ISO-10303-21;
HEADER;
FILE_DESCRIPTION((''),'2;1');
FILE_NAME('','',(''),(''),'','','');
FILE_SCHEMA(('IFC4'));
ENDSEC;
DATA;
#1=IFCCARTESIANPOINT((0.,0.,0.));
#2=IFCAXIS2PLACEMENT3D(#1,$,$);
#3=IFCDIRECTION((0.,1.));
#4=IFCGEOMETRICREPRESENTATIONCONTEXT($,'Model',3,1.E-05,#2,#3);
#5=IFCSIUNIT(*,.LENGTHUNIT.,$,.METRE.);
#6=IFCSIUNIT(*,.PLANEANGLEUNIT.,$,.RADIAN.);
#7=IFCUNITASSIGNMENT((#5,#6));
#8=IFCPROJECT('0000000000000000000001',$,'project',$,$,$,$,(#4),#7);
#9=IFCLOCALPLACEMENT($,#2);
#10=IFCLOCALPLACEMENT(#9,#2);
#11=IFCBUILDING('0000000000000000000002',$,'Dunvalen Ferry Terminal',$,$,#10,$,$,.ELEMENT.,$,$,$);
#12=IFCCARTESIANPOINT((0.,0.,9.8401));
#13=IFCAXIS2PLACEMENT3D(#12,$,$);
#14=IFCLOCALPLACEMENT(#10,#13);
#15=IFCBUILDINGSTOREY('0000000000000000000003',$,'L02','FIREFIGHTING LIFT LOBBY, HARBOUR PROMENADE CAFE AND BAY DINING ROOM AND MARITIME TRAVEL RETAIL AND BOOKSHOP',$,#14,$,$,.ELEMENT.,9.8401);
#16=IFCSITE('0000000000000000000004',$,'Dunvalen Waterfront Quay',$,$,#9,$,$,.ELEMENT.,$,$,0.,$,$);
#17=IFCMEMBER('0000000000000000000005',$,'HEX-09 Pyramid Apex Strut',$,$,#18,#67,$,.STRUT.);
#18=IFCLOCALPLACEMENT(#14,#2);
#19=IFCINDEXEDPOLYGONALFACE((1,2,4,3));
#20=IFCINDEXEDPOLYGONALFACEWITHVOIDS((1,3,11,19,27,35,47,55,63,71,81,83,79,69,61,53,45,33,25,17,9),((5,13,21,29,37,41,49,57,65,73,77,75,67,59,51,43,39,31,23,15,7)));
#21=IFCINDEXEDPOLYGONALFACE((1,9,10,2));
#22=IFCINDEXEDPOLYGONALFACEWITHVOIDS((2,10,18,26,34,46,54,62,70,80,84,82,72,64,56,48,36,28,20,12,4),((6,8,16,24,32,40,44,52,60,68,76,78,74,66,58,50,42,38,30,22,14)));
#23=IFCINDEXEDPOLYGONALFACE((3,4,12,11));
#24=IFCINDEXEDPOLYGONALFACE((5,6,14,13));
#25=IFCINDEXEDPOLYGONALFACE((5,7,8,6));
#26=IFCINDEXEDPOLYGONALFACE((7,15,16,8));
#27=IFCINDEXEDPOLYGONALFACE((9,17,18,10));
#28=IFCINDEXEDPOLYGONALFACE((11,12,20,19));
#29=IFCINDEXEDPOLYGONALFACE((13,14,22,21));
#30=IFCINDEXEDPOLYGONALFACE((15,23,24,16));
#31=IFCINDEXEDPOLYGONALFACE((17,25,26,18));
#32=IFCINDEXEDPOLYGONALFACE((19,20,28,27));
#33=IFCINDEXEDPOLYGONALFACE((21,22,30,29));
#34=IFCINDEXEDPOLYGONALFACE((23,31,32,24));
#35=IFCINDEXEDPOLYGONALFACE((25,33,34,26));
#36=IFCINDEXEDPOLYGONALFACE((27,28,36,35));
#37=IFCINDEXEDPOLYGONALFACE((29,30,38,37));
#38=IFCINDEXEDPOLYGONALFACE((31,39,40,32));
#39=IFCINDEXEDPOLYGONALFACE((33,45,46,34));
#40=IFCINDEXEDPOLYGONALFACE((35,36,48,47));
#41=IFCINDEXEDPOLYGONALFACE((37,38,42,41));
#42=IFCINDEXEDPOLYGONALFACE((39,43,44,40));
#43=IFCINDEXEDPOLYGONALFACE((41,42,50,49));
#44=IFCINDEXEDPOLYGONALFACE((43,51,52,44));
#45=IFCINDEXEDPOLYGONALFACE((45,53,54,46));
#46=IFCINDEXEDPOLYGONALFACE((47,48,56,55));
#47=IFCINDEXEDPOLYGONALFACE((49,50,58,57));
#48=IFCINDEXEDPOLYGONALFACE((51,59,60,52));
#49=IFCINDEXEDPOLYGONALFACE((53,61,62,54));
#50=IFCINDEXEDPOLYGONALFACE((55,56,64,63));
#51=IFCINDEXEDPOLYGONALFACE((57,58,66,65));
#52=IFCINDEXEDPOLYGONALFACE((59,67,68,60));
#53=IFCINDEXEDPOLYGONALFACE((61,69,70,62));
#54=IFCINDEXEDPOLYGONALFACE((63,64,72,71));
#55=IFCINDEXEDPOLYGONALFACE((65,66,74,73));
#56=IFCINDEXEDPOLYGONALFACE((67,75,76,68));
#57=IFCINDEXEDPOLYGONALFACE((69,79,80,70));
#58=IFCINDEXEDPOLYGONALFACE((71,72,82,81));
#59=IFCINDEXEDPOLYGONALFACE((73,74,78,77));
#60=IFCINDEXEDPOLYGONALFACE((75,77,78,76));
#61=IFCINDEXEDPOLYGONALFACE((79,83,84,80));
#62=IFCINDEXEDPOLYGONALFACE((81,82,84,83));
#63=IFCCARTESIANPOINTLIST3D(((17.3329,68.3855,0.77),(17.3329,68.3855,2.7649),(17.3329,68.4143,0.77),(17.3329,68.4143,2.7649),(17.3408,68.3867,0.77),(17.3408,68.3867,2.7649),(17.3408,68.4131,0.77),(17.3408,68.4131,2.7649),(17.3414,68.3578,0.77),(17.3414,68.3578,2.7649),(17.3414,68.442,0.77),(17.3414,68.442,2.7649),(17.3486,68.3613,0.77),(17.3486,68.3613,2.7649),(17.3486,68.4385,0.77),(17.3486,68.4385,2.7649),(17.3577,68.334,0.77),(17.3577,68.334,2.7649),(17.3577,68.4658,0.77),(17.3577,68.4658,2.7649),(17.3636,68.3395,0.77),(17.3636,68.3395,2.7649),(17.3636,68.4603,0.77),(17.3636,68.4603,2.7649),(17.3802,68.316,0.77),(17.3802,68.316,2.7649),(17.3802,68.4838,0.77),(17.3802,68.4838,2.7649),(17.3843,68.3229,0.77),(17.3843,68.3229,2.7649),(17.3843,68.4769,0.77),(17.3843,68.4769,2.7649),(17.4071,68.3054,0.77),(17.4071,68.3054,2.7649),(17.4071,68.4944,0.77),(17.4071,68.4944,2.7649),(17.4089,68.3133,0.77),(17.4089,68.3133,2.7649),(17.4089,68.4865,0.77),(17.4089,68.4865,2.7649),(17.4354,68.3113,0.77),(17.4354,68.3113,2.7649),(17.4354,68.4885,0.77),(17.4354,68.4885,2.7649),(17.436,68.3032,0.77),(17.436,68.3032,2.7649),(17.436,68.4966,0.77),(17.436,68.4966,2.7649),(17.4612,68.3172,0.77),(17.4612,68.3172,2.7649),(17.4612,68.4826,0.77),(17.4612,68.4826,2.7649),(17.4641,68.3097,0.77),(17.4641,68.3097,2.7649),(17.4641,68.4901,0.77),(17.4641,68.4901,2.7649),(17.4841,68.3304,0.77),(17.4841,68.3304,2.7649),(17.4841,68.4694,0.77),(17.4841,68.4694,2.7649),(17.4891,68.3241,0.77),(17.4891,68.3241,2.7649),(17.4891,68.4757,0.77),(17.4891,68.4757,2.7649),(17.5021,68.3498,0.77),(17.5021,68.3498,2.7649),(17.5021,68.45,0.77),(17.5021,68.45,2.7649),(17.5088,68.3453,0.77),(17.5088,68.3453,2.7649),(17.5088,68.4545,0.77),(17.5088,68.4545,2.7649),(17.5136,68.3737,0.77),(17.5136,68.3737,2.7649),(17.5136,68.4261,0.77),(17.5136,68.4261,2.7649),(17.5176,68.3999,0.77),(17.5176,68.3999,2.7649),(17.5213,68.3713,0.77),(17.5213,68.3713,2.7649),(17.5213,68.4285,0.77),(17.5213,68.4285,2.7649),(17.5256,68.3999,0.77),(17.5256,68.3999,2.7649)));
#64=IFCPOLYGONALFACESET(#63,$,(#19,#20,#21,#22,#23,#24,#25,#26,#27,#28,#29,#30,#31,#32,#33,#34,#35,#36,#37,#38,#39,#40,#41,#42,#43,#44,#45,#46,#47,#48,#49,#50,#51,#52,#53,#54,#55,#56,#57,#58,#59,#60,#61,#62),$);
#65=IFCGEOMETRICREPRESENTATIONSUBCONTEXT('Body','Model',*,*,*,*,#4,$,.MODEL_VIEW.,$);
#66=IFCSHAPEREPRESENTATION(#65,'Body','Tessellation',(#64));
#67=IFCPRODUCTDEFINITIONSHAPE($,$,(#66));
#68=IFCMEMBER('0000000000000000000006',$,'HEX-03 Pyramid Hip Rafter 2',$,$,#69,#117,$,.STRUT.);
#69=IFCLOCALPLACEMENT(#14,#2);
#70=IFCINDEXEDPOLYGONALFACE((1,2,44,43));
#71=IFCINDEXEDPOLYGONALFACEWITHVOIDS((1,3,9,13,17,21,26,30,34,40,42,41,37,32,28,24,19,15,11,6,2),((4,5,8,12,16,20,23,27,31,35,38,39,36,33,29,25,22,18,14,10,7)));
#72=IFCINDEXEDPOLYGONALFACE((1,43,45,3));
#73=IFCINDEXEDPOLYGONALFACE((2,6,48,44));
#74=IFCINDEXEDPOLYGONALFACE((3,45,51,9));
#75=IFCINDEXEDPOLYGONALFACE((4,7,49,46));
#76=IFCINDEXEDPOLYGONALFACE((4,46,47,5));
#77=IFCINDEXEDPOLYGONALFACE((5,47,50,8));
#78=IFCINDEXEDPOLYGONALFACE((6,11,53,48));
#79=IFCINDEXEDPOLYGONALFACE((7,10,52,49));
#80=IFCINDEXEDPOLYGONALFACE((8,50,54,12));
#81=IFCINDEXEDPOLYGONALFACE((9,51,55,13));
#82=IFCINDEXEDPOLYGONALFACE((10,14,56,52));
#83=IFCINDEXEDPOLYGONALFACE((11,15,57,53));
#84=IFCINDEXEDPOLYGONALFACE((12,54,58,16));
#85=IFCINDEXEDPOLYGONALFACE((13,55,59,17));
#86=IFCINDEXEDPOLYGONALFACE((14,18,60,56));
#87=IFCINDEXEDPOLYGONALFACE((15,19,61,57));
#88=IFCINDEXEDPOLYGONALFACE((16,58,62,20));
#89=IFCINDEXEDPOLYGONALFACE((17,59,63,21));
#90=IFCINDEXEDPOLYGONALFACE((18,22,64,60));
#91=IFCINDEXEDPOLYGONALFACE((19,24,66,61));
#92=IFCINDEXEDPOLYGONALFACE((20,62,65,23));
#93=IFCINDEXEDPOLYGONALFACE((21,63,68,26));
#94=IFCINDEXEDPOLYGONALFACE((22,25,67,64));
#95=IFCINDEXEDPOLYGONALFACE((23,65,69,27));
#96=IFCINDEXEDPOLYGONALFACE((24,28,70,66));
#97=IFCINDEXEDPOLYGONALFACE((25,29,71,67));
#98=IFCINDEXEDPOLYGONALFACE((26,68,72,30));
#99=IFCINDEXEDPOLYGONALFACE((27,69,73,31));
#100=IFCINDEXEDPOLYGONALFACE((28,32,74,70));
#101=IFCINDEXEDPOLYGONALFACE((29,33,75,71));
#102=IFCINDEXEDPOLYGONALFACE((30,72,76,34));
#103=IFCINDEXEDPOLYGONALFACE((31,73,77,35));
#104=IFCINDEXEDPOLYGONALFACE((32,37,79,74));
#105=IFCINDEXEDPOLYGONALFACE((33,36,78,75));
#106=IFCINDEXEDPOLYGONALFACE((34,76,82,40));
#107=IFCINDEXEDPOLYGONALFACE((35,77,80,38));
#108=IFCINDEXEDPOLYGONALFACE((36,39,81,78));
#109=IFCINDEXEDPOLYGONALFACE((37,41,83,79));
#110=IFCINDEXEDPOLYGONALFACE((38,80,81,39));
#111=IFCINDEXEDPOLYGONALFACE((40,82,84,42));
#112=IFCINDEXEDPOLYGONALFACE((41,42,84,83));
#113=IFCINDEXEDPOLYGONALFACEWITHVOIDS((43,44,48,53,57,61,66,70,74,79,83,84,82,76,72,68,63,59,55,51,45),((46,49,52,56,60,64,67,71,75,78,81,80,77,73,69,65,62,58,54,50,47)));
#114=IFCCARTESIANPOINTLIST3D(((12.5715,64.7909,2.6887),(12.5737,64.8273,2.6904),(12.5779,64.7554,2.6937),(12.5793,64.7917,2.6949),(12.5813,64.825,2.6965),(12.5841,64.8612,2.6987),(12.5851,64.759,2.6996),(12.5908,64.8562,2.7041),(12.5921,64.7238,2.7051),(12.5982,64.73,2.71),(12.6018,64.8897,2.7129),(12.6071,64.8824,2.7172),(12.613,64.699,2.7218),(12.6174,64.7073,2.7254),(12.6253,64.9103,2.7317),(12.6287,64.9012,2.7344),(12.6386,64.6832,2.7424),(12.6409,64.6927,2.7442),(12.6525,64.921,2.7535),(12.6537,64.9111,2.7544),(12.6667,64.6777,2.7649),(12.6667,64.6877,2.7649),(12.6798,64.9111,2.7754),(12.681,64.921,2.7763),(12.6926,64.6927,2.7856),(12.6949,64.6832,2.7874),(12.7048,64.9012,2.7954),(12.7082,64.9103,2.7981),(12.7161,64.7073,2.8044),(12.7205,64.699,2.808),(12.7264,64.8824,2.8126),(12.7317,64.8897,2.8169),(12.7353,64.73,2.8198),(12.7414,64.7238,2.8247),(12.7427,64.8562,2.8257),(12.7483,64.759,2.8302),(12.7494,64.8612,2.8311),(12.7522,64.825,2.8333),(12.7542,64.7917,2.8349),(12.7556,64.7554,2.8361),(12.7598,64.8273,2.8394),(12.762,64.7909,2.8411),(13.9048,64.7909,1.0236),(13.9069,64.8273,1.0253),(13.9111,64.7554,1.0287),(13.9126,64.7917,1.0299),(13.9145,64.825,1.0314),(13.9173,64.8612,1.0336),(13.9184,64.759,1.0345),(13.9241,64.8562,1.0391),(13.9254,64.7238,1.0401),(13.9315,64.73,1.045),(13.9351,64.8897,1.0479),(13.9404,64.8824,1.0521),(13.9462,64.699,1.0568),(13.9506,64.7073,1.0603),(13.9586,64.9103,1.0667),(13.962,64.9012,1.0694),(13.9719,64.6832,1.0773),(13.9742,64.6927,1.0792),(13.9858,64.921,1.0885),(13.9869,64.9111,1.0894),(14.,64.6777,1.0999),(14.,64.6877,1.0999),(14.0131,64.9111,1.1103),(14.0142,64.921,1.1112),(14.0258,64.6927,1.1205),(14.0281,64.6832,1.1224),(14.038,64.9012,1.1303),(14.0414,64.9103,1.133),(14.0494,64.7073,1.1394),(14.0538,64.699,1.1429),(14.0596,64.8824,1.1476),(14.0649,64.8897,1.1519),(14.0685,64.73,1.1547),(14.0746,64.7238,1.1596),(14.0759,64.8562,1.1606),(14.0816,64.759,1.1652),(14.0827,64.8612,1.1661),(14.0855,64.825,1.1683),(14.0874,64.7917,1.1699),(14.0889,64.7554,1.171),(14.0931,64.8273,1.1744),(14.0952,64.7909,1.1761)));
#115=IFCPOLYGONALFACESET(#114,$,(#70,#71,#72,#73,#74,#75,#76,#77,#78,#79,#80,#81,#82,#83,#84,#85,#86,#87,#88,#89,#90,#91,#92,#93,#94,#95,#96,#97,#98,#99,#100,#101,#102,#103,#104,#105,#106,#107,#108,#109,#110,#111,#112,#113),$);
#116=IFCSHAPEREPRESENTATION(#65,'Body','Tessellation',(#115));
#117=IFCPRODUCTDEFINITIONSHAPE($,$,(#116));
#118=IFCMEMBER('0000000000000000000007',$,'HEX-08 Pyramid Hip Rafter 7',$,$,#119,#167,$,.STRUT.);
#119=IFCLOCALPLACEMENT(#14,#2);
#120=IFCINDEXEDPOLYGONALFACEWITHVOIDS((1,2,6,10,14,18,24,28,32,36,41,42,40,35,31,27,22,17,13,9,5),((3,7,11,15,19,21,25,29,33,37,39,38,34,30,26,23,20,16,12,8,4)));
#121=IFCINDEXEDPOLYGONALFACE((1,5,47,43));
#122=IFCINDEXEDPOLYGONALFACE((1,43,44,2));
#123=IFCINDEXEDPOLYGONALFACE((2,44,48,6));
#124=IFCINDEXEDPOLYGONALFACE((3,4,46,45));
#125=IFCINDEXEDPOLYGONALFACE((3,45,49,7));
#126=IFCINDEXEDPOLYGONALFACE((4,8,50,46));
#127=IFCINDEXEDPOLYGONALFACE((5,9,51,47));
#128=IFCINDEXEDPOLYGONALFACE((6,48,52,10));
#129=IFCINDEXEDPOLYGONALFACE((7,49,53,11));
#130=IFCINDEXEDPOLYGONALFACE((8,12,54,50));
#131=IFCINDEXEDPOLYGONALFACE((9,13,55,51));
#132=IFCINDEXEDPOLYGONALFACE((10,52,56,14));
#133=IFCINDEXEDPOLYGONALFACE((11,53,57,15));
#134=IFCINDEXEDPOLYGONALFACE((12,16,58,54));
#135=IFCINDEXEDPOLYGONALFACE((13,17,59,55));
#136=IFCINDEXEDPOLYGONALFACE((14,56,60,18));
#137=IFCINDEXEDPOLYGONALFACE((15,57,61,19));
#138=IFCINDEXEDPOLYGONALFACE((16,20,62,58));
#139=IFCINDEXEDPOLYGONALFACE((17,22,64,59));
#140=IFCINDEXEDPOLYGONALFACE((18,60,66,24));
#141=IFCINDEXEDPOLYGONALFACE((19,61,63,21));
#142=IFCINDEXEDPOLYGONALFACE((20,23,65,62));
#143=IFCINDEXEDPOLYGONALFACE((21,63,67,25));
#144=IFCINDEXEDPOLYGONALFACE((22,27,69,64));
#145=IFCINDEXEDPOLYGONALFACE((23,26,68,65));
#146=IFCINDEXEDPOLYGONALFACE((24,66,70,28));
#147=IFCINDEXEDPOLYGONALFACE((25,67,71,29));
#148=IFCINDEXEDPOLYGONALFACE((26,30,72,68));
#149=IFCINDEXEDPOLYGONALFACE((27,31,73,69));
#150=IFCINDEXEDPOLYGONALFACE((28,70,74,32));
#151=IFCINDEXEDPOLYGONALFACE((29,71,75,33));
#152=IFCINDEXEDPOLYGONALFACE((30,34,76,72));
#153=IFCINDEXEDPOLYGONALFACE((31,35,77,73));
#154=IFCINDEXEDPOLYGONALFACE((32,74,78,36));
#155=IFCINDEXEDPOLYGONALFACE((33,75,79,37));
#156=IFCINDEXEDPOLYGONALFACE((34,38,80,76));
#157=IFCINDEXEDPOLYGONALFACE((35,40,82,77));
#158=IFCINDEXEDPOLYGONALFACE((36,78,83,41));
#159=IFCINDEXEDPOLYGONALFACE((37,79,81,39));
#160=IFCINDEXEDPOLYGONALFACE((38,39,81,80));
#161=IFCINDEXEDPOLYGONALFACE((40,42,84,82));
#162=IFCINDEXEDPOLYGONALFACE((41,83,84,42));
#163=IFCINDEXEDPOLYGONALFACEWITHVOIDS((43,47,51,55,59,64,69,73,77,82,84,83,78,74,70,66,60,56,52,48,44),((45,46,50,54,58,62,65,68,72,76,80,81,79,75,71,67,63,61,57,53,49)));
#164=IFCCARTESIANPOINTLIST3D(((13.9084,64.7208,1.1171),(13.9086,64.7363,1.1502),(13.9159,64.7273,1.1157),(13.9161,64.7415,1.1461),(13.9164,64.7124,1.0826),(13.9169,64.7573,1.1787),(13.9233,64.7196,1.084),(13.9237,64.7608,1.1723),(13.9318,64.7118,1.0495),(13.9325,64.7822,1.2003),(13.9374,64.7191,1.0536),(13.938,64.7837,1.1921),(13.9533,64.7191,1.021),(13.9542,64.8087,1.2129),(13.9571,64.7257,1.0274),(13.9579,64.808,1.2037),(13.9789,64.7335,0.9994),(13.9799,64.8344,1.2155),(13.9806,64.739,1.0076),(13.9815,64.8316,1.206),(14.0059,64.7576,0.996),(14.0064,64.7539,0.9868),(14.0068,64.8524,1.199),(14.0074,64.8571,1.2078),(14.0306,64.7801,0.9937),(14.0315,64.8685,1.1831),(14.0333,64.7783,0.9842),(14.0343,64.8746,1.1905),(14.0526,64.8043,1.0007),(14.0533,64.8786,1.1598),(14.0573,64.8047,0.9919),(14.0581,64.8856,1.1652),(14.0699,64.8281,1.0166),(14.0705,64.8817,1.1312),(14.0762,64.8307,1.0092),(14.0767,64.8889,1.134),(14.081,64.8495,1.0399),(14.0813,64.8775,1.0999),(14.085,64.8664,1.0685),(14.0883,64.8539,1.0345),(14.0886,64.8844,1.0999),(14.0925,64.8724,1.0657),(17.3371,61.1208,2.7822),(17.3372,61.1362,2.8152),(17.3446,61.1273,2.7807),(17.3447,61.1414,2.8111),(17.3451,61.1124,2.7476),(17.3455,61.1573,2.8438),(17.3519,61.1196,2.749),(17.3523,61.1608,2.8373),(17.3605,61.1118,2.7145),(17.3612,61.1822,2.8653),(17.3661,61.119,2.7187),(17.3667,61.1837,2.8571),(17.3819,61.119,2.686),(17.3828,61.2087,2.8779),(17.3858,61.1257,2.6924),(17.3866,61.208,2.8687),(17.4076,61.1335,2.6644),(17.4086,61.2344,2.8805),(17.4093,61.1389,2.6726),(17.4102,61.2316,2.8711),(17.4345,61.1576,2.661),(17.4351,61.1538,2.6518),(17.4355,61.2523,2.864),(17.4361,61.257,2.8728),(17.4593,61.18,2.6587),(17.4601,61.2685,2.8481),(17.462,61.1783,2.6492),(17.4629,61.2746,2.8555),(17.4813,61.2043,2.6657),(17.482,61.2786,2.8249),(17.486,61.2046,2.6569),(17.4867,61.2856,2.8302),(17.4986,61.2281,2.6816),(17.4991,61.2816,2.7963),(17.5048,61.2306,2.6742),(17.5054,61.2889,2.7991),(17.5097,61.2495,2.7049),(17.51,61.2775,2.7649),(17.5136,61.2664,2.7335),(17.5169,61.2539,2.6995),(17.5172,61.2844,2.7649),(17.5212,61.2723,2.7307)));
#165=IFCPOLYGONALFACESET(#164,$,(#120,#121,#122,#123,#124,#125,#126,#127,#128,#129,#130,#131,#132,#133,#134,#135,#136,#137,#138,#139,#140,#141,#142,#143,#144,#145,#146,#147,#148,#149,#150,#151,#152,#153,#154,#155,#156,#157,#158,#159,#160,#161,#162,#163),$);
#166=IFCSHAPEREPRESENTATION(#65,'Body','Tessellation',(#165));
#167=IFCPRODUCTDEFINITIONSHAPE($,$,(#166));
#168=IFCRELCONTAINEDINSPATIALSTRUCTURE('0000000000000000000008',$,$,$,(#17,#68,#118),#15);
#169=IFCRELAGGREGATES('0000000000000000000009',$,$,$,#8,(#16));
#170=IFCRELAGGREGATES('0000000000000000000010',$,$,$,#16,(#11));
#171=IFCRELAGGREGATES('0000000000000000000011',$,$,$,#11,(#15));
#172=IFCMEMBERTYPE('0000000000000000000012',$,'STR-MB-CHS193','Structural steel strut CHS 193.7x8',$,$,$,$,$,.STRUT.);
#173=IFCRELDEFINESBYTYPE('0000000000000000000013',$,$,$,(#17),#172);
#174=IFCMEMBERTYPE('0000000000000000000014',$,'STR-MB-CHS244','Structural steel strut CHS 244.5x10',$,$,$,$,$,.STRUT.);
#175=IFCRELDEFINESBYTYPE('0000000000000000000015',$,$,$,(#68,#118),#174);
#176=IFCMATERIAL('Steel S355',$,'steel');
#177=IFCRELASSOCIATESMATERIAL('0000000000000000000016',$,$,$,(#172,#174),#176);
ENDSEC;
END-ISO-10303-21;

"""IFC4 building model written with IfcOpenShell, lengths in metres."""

from ifc_helpers import new_model, si_unit, direction, frame, origin, origin_2d, place, context, subcontext, project, spatial, hollow_circle, extrude, material, material_profile, profile_set, type_object, element, save


model = new_model("IFC4")

# Units and contexts
model_context = context("Model", 3, precision=1e-05, world=origin(), true_north=direction((0.0, 1.0)))
body_context = subcontext(model_context, "Body", "Model", "MODEL_VIEW")
ifc_project = project(units=[si_unit("LENGTHUNIT", "METRE"), si_unit("PLANEANGLEUNIT", "RADIAN")], contexts=[model_context])

# Site, building, storey
site_placement = place(None, origin())
site = spatial("IfcSite", under=ifc_project, at=site_placement, Name="Dunvalen Waterfront Quay", CompositionType="ELEMENT", RefElevation=0.0)
building_placement = place(site_placement, origin())
building = spatial("IfcBuilding", under=site, at=building_placement, Name="Dunvalen Ferry Terminal", CompositionType="ELEMENT")
storey_placement = place(building_placement, frame((0.0, 0.0, 9.8401)))
storey = spatial("IfcBuildingStorey", under=building, at=storey_placement, Name="L02", Description="FIREFIGHTING LIFT LOBBY, HARBOUR PROMENADE CAFE AND BAY DINING ROOM AND MARITIME TRAVEL RETAIL AND BOOKSHOP", CompositionType="ELEMENT", Elevation=9.8401)

# Shared definitions
ifc_material_1 = material(Name="Steel S355", Category="steel")

# Members
ifc_material_profile_1 = material_profile(ifc_material_1, hollow_circle(Radius=0.0969, WallThickness=0.0081, at=origin_2d()), Name="Steel S355")
ifc_profile_set_1 = profile_set([ifc_material_profile_1], Name="Steel S355")
member_type_1 = type_object("IfcMemberType", Name="STR-MB-CHS193", Description="Structural steel strut CHS 193.7x8", PredefinedType="STRUT", material=ifc_profile_set_1)
for number, where, z_axis, x_axis, name in (
    (1, (17.4287, 68.3999, 0.77), (0.0, 0.0, 1.0), (1.0, 0.0, 0.0), "HEX-09 Pyramid Apex Strut"),
):
    element("IfcMember", number, at=place(storey_placement, frame(where, z_axis=z_axis, x_axis=x_axis)), inside=storey, type_object=member_type_1, Name=name, PredefinedType="STRUT", context=body_context, shape_type="SweptSolid", body=[
        extrude(hollow_circle(Radius=0.0969, WallThickness=0.0081, at=origin_2d()), origin(), (0.0, 0.0, 1.0), 1.9949),
    ])
ifc_material_profile_2 = material_profile(ifc_material_1, hollow_circle(Radius=0.1223, WallThickness=0.01, at=origin_2d()), Name="Steel S355")
ifc_profile_set_2 = profile_set([ifc_material_profile_2], Name="Steel S355")
member_type_2 = type_object("IfcMemberType", Name="STR-MB-CHS244", Description="Structural steel strut CHS 244.5x10", PredefinedType="STRUT", material=ifc_profile_set_2)
member_1_placement = place(storey_placement, frame((14.0, 64.8, 1.0999), z_axis=(-0.625044, 0.0, 0.78059), x_axis=(0.0, -1.0, 0.0)))
element("IfcMember", 2, at=member_1_placement, inside=storey, type_object=member_type_2, Name="HEX-03 Pyramid Hip Rafter 2", PredefinedType="STRUT", context=body_context, shape_type="SweptSolid", body=[
    extrude(hollow_circle(Radius=0.1223, WallThickness=0.01, at=origin_2d()), origin(), (0.0, 0.0, 1.0), 2.1331),
])
for number, where, z_axis, x_axis, name in (
    (3, (14.0, 64.8, 1.0999), (0.653959, -0.686648, 0.317573), (0.724133, 0.68966, 0.0), "HEX-08 Pyramid Hip Rafter 7"),
):
    element("IfcMember", number, at=place(storey_placement, frame(where, z_axis=z_axis, x_axis=x_axis)), inside=storey, type_object=member_type_2, Name=name, PredefinedType="STRUT", context=body_context, shape_type="SweptSolid", body=[
        extrude(hollow_circle(Radius=0.1223, WallThickness=0.01, at=origin_2d()), origin(), (0.0, 0.0, 1.0), 5.2429),
    ])

save(model, "model.ifc")
